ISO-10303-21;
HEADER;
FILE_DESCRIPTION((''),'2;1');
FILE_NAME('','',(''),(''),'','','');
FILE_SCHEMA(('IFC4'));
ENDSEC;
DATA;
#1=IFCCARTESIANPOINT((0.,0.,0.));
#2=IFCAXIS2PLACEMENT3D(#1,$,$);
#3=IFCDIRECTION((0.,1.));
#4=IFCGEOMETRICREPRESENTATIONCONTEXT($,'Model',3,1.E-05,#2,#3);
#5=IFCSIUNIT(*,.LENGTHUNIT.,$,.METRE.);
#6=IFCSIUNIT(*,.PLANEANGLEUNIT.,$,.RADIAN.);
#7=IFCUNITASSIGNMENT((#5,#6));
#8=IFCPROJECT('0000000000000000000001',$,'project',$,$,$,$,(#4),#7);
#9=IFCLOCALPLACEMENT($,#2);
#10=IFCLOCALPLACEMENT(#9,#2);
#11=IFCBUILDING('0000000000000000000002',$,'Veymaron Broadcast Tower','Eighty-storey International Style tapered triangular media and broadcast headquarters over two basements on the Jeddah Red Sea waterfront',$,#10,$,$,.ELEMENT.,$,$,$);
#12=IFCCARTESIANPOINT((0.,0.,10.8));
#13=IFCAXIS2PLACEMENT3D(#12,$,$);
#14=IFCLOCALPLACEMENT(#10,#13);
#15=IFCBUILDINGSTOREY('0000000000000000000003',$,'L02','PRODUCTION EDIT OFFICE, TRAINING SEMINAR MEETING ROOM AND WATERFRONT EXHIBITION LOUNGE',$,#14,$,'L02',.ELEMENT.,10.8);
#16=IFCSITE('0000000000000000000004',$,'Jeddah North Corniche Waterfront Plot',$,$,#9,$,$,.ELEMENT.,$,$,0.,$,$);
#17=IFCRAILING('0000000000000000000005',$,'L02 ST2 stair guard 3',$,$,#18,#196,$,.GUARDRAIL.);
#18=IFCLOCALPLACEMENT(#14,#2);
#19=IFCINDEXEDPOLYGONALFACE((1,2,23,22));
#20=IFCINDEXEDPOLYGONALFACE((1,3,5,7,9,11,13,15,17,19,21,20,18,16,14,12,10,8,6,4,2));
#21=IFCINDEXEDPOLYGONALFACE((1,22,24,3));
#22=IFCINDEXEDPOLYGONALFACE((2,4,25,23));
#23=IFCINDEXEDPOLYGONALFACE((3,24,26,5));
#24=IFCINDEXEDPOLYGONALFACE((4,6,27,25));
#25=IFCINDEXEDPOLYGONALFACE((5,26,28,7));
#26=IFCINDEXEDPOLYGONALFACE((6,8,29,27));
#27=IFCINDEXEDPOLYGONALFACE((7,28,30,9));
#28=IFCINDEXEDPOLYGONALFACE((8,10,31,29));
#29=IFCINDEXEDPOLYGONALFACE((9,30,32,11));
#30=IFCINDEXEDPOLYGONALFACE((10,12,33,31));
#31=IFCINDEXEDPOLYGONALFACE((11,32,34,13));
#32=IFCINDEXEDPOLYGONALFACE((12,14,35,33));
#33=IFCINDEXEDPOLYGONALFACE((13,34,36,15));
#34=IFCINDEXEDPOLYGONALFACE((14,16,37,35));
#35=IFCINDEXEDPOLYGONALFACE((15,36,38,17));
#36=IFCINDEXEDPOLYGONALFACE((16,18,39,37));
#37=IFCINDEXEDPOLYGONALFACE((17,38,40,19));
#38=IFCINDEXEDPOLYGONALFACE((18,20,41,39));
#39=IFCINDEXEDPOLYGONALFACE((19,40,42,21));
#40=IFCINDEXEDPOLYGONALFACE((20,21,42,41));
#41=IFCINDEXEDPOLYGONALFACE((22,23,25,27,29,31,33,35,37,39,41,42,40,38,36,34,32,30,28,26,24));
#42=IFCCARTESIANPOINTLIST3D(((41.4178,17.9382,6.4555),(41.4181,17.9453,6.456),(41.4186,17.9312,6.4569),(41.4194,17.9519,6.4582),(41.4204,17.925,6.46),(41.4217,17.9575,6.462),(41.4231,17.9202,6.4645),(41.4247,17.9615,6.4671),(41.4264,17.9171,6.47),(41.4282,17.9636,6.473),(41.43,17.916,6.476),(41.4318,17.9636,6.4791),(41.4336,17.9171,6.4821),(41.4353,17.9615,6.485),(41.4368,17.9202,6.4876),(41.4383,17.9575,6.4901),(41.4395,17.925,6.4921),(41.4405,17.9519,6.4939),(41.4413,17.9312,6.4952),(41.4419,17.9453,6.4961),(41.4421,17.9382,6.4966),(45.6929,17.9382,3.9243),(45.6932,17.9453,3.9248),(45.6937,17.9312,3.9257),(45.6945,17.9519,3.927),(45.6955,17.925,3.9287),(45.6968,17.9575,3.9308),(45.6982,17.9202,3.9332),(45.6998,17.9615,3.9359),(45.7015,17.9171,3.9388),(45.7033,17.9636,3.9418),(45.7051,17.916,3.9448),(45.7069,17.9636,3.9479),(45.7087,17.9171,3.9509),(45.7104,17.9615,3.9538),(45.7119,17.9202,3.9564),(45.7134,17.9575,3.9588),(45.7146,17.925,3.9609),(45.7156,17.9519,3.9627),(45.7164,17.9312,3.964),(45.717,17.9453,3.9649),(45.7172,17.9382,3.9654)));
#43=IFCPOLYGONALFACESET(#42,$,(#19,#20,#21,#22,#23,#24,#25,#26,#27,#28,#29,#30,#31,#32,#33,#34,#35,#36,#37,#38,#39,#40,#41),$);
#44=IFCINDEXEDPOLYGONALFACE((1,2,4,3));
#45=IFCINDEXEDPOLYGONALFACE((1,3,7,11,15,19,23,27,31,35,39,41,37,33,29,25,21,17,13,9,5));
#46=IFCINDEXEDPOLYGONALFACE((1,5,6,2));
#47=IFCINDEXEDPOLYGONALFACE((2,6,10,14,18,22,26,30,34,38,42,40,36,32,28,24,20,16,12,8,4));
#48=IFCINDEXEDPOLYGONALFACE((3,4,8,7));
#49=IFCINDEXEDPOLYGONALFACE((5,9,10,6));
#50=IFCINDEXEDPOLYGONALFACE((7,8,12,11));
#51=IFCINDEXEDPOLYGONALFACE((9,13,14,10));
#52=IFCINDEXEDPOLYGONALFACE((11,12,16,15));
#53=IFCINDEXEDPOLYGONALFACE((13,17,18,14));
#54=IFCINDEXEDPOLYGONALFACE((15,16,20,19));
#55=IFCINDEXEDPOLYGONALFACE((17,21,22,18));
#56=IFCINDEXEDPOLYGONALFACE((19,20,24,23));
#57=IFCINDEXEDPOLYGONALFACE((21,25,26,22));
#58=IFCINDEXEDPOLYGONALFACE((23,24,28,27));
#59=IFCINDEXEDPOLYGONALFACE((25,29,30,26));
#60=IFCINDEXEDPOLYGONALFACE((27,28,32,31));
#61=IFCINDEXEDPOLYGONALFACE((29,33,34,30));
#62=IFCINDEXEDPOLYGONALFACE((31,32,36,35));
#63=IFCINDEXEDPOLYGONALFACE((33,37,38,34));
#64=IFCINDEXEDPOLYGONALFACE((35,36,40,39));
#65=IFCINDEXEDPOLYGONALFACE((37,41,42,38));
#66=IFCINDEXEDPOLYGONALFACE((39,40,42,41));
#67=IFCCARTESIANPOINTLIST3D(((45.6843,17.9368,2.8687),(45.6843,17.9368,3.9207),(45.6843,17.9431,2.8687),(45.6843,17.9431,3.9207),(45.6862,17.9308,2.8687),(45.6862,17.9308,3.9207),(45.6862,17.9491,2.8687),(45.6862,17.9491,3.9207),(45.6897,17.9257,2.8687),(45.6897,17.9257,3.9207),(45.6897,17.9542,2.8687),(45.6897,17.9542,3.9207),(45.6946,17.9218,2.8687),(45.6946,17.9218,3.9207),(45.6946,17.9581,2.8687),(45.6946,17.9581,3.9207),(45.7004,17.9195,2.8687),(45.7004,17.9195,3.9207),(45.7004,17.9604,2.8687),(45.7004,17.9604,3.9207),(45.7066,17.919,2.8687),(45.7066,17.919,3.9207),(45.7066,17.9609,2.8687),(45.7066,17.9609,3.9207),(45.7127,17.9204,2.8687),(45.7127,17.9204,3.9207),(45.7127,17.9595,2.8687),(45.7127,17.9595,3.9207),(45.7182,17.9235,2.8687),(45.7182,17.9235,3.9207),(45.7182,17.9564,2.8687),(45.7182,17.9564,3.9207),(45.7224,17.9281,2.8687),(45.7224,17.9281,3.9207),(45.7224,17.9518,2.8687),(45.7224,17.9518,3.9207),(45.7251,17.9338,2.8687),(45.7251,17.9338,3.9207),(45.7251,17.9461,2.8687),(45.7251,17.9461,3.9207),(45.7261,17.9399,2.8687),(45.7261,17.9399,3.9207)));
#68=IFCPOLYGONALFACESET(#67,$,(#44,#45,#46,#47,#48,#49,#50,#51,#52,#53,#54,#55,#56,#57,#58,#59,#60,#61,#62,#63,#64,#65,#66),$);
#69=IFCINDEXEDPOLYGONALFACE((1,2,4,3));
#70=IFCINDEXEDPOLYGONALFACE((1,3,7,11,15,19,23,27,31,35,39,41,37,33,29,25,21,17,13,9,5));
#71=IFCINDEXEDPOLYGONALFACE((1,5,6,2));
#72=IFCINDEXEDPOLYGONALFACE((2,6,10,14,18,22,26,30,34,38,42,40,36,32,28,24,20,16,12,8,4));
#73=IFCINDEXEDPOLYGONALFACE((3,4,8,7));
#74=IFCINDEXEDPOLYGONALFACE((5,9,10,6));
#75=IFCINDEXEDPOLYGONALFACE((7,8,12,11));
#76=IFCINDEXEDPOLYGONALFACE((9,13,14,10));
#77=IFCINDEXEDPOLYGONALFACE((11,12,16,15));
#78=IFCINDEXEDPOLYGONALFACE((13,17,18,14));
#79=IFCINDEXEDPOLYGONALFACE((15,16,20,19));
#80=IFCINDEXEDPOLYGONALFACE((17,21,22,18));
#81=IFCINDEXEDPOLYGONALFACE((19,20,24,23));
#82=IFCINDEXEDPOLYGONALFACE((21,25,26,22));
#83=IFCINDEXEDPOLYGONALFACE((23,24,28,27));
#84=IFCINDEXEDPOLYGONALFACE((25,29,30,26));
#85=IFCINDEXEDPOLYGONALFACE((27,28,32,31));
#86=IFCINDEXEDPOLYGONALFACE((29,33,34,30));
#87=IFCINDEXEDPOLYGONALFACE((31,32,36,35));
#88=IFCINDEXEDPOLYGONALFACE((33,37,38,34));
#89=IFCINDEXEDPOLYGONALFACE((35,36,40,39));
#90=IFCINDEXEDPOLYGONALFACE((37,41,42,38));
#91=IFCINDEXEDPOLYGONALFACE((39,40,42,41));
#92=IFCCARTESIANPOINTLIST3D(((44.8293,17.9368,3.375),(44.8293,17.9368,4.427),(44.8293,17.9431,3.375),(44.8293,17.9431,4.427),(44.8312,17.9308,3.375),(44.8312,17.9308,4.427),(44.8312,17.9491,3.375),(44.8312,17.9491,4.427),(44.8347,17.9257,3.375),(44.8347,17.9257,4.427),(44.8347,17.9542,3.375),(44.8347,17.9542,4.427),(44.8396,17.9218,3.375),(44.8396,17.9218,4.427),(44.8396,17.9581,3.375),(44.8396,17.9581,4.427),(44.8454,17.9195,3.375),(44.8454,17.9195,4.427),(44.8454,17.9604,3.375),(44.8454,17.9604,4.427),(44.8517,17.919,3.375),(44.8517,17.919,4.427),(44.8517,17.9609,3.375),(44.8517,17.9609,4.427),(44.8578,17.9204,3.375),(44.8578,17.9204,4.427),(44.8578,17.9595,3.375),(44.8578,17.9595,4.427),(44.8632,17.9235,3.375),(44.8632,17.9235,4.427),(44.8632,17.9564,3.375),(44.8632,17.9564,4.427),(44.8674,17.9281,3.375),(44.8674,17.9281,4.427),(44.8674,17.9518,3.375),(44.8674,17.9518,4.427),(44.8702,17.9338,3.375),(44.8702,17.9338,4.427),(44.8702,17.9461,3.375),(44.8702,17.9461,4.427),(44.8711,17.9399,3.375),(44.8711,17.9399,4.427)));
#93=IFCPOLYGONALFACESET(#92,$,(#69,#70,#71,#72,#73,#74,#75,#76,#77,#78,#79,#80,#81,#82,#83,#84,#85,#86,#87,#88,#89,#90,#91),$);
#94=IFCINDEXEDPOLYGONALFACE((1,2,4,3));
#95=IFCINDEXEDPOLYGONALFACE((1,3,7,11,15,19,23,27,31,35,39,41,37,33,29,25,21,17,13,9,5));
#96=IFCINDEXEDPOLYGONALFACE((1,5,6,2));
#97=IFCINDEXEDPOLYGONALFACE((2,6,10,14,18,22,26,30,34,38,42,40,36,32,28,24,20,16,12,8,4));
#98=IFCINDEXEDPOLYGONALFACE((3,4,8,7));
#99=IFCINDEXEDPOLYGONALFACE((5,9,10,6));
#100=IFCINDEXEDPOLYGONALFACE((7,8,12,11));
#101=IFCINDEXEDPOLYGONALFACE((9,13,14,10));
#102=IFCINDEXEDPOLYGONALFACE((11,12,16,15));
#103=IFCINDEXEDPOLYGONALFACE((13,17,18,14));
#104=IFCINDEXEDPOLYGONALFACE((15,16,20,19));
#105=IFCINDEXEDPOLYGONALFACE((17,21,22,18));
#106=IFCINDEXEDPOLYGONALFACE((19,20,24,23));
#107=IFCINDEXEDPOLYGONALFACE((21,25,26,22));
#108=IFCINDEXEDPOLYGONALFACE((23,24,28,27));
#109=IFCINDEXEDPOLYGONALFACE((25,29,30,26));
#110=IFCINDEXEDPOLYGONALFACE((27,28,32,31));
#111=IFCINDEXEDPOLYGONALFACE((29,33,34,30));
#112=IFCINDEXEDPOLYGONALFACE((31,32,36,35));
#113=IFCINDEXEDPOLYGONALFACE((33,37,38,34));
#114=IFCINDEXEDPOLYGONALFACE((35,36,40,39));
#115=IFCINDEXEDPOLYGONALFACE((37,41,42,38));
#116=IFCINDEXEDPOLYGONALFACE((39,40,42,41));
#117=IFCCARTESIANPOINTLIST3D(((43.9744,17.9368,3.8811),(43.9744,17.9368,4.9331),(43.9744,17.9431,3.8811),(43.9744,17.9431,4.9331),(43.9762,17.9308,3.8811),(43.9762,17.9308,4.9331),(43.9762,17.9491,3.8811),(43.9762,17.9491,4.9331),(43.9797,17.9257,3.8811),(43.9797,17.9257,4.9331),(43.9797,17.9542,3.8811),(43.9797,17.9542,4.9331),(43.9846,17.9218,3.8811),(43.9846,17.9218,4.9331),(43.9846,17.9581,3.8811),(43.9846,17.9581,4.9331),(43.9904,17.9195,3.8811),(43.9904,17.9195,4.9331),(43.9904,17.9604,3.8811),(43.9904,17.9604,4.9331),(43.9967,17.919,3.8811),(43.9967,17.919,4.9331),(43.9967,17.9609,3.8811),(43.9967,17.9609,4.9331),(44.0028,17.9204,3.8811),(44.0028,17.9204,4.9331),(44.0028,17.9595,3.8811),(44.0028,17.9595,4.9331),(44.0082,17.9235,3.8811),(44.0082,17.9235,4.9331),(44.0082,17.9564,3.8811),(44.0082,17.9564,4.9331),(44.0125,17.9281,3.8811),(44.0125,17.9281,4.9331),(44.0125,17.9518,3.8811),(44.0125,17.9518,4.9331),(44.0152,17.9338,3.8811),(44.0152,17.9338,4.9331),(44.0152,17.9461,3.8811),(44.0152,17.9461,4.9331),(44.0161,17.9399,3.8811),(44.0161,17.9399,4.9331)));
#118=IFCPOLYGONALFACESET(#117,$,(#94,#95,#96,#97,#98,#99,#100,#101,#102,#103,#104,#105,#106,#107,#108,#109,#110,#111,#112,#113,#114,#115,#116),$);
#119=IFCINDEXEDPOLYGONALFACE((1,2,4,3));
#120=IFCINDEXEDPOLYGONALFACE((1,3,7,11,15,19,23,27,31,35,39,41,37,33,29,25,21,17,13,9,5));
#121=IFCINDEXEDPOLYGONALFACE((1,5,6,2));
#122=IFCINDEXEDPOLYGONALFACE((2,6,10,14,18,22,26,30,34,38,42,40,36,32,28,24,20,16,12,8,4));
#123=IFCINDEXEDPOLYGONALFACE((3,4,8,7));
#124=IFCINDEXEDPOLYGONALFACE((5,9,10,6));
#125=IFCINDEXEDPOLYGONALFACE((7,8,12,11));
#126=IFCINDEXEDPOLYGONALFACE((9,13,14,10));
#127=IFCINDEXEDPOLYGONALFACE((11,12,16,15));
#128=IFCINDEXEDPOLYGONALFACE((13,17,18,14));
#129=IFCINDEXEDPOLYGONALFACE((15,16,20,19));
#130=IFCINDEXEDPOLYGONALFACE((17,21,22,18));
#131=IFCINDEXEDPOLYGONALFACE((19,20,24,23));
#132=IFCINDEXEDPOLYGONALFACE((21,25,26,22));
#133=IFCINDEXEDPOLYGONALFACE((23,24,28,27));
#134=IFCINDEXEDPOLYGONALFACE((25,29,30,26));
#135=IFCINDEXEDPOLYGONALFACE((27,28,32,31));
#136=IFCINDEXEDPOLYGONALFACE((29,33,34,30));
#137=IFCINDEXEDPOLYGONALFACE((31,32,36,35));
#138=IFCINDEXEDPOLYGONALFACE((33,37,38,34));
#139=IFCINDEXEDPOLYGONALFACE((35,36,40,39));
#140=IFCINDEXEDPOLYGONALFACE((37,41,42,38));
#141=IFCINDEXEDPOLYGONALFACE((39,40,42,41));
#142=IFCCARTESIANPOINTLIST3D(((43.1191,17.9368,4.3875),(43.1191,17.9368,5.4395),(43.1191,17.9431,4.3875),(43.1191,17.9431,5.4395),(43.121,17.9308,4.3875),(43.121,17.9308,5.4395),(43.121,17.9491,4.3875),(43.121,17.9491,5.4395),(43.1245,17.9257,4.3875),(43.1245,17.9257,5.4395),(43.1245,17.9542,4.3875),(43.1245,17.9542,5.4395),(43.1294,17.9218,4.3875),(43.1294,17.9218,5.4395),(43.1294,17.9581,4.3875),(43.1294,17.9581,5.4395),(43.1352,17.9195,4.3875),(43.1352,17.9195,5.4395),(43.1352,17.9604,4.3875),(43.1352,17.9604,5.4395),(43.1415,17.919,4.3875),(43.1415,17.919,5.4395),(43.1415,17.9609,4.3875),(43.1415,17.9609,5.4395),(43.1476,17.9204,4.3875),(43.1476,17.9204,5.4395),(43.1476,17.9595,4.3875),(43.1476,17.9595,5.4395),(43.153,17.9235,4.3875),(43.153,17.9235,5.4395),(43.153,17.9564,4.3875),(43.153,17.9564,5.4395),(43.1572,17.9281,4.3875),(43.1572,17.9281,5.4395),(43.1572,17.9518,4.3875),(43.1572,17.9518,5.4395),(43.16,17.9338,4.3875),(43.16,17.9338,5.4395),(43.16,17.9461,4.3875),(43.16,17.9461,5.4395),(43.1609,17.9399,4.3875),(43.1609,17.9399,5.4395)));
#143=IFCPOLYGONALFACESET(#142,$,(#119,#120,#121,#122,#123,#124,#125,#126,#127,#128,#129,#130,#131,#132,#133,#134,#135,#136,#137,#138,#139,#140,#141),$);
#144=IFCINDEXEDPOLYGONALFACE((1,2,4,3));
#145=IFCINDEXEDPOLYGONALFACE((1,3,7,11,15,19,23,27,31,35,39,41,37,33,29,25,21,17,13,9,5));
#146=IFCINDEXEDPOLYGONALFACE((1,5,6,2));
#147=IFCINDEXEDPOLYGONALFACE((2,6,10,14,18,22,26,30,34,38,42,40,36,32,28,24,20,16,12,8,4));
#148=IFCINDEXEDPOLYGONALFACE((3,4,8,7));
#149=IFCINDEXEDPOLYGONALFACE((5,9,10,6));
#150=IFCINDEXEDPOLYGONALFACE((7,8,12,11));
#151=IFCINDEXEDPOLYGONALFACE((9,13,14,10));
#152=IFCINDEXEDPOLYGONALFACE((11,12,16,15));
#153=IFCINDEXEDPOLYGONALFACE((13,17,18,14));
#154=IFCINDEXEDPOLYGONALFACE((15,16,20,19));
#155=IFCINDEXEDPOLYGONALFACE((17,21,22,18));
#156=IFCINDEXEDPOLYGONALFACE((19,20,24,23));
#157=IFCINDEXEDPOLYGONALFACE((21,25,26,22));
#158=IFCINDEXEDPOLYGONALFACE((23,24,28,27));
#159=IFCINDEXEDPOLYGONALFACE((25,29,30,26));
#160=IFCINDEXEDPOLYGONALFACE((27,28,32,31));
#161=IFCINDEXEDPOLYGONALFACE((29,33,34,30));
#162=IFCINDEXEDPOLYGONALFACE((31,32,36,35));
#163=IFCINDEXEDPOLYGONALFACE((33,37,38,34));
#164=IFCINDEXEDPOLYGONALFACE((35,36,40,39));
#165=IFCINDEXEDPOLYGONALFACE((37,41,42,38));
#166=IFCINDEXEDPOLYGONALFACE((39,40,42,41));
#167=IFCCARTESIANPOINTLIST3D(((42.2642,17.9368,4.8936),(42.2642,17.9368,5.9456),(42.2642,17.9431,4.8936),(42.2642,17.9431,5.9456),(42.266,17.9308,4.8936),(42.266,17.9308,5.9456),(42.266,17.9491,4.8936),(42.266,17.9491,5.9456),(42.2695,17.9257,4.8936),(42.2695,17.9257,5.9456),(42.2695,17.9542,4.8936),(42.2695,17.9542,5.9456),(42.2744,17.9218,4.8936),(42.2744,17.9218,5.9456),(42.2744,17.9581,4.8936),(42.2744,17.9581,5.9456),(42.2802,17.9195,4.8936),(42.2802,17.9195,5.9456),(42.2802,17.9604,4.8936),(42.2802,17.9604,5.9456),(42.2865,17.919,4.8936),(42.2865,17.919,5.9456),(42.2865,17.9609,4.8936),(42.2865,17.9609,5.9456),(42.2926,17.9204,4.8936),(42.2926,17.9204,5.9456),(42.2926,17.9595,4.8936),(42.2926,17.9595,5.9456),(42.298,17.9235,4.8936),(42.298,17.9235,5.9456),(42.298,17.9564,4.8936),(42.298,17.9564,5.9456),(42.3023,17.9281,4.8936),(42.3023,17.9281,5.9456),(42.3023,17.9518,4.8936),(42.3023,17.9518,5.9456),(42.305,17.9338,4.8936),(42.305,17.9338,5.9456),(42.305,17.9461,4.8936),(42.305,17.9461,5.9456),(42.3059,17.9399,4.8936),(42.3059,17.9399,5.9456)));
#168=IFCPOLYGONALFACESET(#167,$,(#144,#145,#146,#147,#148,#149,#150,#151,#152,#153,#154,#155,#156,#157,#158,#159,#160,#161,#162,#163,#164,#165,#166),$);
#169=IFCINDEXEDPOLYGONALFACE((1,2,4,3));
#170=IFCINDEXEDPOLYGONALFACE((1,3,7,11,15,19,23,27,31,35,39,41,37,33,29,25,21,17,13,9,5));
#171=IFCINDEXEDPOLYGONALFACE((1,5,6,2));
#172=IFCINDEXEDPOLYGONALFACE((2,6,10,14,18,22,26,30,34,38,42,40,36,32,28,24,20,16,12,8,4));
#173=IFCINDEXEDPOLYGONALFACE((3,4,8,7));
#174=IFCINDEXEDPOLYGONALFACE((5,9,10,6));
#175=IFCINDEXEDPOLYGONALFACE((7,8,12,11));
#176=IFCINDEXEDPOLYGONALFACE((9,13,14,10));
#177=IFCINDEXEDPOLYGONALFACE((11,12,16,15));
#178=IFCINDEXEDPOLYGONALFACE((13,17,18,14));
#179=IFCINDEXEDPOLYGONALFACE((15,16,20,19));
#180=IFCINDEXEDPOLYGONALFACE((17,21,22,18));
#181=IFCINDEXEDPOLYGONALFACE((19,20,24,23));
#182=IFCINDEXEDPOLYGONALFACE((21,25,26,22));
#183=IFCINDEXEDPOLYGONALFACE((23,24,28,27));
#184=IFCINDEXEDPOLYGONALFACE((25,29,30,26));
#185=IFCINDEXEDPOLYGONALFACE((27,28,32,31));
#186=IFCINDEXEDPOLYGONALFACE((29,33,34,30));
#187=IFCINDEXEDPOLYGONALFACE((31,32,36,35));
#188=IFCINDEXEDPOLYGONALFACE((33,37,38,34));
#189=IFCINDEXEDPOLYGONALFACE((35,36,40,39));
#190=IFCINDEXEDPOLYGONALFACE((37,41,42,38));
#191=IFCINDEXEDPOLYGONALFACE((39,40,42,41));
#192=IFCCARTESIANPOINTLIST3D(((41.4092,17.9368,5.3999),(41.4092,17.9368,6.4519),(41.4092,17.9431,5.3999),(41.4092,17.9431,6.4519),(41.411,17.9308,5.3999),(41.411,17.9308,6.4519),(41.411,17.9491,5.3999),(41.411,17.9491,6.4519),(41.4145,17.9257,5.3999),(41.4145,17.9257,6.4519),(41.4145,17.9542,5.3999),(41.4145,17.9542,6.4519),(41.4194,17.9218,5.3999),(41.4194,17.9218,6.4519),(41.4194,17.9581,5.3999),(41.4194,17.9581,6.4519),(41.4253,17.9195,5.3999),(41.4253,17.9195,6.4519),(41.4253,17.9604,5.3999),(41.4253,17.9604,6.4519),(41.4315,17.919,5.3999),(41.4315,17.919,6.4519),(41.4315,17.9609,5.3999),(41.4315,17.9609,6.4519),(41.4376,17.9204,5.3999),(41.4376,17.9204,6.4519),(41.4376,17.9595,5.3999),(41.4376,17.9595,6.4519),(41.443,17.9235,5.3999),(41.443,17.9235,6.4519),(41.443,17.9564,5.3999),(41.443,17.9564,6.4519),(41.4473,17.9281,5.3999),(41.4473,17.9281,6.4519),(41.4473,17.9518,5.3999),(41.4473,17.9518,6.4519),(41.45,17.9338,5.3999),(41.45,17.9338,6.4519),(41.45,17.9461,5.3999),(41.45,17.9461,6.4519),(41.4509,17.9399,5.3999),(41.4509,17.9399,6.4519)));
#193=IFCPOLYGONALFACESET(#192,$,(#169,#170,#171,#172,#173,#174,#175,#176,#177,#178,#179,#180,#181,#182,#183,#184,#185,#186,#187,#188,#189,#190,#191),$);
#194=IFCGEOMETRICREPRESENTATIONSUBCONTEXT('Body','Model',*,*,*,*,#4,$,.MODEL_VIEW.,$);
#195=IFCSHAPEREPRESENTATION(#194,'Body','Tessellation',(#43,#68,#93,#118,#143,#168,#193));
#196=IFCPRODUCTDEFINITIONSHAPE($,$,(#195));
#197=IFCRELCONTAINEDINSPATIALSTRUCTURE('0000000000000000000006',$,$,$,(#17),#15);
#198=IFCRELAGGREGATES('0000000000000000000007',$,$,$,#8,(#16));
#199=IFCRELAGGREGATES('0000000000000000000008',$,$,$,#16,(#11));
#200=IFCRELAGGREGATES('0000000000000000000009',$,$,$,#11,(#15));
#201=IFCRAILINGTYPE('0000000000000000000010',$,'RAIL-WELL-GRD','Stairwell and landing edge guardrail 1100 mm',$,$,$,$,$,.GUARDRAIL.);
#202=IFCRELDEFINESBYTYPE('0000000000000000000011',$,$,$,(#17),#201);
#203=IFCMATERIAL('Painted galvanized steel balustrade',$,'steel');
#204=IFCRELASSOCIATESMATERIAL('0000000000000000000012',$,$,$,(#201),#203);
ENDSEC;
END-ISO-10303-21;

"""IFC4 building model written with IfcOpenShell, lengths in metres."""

from ifc_helpers import new_model, si_unit, direction, frame, origin, origin_2d, place, context, subcontext, project, spatial, circle, extrude, material, type_object, element, save


model = new_model("IFC4")

# Units and contexts
model_context = context("Model", 3, precision=1e-05, world=origin(), true_north=direction((0.0, 1.0)))
body_context = subcontext(model_context, "Body", "Model", "MODEL_VIEW")
ifc_project = project(units=[si_unit("LENGTHUNIT", "METRE"), si_unit("PLANEANGLEUNIT", "RADIAN")], contexts=[model_context])

# Site, building, storey
site_placement = place(None, origin())
site = spatial("IfcSite", under=ifc_project, at=site_placement, Name="Jeddah North Corniche Waterfront Plot", CompositionType="ELEMENT", RefElevation=0.0)
building_placement = place(site_placement, origin())
building = spatial("IfcBuilding", under=site, at=building_placement, Name="Veymaron Broadcast Tower", Description="Eighty-storey International Style tapered triangular media and broadcast headquarters over two basements on the Jeddah Red Sea waterfront", CompositionType="ELEMENT")
storey_placement = place(building_placement, frame((0.0, 0.0, 10.8)))
storey = spatial("IfcBuildingStorey", under=building, at=storey_placement, Name="L02", Description="PRODUCTION EDIT OFFICE, TRAINING SEMINAR MEETING ROOM AND WATERFRONT EXHIBITION LOUNGE", LongName="L02", CompositionType="ELEMENT", Elevation=10.8)

# Railing
ifc_material_1 = material(Name="Painted galvanized steel balustrade", Category="steel")
railing_type_1 = type_object("IfcRailingType", Name="RAIL-WELL-GRD", Description="Stairwell and landing edge guardrail 1100 mm", PredefinedType="GUARDRAIL", material=ifc_material_1)
railing_1_placement = place(storey_placement, frame((45.7051, 17.9399, 2.8687)))
element("IfcRailing", 1, at=railing_1_placement, inside=storey, type_object=railing_type_1, Name="L02 ST2 stair guard 3", PredefinedType="GUARDRAIL", context=body_context, shape_type="SweptSolid", body=[
    extrude(circle(Radius=0.0239, at=origin_2d()), frame((0.0, 0.0, 1.0762), z_axis=(-0.860483, 0.0, 0.509479), x_axis=(0.0, -1.0, 0.0)), (0.0, 0.0, 1.0), 4.9683),
    extrude(circle(Radius=0.021, at=origin_2d()), origin(), (0.0, 0.0, 1.0), 1.052),
    extrude(circle(Radius=0.021, at=origin_2d()), frame((-0.855, 0.0, 0.5063)), (0.0, 0.0, 1.0), 1.052),
    extrude(circle(Radius=0.021, at=origin_2d()), frame((-1.71, 0.0, 1.0125)), (0.0, 0.0, 1.0), 1.052),
    extrude(circle(Radius=0.021, at=origin_2d()), frame((-2.5652, 0.0, 1.5188)), (0.0, 0.0, 1.0), 1.052),
    extrude(circle(Radius=0.021, at=origin_2d()), frame((-3.4202, 0.0, 2.0249)), (0.0, 0.0, 1.0), 1.052),
    extrude(circle(Radius=0.021, at=origin_2d()), frame((-4.2751, 0.0, 2.5312)), (0.0, 0.0, 1.0), 1.052),
])

save(model, "model.ifc")
